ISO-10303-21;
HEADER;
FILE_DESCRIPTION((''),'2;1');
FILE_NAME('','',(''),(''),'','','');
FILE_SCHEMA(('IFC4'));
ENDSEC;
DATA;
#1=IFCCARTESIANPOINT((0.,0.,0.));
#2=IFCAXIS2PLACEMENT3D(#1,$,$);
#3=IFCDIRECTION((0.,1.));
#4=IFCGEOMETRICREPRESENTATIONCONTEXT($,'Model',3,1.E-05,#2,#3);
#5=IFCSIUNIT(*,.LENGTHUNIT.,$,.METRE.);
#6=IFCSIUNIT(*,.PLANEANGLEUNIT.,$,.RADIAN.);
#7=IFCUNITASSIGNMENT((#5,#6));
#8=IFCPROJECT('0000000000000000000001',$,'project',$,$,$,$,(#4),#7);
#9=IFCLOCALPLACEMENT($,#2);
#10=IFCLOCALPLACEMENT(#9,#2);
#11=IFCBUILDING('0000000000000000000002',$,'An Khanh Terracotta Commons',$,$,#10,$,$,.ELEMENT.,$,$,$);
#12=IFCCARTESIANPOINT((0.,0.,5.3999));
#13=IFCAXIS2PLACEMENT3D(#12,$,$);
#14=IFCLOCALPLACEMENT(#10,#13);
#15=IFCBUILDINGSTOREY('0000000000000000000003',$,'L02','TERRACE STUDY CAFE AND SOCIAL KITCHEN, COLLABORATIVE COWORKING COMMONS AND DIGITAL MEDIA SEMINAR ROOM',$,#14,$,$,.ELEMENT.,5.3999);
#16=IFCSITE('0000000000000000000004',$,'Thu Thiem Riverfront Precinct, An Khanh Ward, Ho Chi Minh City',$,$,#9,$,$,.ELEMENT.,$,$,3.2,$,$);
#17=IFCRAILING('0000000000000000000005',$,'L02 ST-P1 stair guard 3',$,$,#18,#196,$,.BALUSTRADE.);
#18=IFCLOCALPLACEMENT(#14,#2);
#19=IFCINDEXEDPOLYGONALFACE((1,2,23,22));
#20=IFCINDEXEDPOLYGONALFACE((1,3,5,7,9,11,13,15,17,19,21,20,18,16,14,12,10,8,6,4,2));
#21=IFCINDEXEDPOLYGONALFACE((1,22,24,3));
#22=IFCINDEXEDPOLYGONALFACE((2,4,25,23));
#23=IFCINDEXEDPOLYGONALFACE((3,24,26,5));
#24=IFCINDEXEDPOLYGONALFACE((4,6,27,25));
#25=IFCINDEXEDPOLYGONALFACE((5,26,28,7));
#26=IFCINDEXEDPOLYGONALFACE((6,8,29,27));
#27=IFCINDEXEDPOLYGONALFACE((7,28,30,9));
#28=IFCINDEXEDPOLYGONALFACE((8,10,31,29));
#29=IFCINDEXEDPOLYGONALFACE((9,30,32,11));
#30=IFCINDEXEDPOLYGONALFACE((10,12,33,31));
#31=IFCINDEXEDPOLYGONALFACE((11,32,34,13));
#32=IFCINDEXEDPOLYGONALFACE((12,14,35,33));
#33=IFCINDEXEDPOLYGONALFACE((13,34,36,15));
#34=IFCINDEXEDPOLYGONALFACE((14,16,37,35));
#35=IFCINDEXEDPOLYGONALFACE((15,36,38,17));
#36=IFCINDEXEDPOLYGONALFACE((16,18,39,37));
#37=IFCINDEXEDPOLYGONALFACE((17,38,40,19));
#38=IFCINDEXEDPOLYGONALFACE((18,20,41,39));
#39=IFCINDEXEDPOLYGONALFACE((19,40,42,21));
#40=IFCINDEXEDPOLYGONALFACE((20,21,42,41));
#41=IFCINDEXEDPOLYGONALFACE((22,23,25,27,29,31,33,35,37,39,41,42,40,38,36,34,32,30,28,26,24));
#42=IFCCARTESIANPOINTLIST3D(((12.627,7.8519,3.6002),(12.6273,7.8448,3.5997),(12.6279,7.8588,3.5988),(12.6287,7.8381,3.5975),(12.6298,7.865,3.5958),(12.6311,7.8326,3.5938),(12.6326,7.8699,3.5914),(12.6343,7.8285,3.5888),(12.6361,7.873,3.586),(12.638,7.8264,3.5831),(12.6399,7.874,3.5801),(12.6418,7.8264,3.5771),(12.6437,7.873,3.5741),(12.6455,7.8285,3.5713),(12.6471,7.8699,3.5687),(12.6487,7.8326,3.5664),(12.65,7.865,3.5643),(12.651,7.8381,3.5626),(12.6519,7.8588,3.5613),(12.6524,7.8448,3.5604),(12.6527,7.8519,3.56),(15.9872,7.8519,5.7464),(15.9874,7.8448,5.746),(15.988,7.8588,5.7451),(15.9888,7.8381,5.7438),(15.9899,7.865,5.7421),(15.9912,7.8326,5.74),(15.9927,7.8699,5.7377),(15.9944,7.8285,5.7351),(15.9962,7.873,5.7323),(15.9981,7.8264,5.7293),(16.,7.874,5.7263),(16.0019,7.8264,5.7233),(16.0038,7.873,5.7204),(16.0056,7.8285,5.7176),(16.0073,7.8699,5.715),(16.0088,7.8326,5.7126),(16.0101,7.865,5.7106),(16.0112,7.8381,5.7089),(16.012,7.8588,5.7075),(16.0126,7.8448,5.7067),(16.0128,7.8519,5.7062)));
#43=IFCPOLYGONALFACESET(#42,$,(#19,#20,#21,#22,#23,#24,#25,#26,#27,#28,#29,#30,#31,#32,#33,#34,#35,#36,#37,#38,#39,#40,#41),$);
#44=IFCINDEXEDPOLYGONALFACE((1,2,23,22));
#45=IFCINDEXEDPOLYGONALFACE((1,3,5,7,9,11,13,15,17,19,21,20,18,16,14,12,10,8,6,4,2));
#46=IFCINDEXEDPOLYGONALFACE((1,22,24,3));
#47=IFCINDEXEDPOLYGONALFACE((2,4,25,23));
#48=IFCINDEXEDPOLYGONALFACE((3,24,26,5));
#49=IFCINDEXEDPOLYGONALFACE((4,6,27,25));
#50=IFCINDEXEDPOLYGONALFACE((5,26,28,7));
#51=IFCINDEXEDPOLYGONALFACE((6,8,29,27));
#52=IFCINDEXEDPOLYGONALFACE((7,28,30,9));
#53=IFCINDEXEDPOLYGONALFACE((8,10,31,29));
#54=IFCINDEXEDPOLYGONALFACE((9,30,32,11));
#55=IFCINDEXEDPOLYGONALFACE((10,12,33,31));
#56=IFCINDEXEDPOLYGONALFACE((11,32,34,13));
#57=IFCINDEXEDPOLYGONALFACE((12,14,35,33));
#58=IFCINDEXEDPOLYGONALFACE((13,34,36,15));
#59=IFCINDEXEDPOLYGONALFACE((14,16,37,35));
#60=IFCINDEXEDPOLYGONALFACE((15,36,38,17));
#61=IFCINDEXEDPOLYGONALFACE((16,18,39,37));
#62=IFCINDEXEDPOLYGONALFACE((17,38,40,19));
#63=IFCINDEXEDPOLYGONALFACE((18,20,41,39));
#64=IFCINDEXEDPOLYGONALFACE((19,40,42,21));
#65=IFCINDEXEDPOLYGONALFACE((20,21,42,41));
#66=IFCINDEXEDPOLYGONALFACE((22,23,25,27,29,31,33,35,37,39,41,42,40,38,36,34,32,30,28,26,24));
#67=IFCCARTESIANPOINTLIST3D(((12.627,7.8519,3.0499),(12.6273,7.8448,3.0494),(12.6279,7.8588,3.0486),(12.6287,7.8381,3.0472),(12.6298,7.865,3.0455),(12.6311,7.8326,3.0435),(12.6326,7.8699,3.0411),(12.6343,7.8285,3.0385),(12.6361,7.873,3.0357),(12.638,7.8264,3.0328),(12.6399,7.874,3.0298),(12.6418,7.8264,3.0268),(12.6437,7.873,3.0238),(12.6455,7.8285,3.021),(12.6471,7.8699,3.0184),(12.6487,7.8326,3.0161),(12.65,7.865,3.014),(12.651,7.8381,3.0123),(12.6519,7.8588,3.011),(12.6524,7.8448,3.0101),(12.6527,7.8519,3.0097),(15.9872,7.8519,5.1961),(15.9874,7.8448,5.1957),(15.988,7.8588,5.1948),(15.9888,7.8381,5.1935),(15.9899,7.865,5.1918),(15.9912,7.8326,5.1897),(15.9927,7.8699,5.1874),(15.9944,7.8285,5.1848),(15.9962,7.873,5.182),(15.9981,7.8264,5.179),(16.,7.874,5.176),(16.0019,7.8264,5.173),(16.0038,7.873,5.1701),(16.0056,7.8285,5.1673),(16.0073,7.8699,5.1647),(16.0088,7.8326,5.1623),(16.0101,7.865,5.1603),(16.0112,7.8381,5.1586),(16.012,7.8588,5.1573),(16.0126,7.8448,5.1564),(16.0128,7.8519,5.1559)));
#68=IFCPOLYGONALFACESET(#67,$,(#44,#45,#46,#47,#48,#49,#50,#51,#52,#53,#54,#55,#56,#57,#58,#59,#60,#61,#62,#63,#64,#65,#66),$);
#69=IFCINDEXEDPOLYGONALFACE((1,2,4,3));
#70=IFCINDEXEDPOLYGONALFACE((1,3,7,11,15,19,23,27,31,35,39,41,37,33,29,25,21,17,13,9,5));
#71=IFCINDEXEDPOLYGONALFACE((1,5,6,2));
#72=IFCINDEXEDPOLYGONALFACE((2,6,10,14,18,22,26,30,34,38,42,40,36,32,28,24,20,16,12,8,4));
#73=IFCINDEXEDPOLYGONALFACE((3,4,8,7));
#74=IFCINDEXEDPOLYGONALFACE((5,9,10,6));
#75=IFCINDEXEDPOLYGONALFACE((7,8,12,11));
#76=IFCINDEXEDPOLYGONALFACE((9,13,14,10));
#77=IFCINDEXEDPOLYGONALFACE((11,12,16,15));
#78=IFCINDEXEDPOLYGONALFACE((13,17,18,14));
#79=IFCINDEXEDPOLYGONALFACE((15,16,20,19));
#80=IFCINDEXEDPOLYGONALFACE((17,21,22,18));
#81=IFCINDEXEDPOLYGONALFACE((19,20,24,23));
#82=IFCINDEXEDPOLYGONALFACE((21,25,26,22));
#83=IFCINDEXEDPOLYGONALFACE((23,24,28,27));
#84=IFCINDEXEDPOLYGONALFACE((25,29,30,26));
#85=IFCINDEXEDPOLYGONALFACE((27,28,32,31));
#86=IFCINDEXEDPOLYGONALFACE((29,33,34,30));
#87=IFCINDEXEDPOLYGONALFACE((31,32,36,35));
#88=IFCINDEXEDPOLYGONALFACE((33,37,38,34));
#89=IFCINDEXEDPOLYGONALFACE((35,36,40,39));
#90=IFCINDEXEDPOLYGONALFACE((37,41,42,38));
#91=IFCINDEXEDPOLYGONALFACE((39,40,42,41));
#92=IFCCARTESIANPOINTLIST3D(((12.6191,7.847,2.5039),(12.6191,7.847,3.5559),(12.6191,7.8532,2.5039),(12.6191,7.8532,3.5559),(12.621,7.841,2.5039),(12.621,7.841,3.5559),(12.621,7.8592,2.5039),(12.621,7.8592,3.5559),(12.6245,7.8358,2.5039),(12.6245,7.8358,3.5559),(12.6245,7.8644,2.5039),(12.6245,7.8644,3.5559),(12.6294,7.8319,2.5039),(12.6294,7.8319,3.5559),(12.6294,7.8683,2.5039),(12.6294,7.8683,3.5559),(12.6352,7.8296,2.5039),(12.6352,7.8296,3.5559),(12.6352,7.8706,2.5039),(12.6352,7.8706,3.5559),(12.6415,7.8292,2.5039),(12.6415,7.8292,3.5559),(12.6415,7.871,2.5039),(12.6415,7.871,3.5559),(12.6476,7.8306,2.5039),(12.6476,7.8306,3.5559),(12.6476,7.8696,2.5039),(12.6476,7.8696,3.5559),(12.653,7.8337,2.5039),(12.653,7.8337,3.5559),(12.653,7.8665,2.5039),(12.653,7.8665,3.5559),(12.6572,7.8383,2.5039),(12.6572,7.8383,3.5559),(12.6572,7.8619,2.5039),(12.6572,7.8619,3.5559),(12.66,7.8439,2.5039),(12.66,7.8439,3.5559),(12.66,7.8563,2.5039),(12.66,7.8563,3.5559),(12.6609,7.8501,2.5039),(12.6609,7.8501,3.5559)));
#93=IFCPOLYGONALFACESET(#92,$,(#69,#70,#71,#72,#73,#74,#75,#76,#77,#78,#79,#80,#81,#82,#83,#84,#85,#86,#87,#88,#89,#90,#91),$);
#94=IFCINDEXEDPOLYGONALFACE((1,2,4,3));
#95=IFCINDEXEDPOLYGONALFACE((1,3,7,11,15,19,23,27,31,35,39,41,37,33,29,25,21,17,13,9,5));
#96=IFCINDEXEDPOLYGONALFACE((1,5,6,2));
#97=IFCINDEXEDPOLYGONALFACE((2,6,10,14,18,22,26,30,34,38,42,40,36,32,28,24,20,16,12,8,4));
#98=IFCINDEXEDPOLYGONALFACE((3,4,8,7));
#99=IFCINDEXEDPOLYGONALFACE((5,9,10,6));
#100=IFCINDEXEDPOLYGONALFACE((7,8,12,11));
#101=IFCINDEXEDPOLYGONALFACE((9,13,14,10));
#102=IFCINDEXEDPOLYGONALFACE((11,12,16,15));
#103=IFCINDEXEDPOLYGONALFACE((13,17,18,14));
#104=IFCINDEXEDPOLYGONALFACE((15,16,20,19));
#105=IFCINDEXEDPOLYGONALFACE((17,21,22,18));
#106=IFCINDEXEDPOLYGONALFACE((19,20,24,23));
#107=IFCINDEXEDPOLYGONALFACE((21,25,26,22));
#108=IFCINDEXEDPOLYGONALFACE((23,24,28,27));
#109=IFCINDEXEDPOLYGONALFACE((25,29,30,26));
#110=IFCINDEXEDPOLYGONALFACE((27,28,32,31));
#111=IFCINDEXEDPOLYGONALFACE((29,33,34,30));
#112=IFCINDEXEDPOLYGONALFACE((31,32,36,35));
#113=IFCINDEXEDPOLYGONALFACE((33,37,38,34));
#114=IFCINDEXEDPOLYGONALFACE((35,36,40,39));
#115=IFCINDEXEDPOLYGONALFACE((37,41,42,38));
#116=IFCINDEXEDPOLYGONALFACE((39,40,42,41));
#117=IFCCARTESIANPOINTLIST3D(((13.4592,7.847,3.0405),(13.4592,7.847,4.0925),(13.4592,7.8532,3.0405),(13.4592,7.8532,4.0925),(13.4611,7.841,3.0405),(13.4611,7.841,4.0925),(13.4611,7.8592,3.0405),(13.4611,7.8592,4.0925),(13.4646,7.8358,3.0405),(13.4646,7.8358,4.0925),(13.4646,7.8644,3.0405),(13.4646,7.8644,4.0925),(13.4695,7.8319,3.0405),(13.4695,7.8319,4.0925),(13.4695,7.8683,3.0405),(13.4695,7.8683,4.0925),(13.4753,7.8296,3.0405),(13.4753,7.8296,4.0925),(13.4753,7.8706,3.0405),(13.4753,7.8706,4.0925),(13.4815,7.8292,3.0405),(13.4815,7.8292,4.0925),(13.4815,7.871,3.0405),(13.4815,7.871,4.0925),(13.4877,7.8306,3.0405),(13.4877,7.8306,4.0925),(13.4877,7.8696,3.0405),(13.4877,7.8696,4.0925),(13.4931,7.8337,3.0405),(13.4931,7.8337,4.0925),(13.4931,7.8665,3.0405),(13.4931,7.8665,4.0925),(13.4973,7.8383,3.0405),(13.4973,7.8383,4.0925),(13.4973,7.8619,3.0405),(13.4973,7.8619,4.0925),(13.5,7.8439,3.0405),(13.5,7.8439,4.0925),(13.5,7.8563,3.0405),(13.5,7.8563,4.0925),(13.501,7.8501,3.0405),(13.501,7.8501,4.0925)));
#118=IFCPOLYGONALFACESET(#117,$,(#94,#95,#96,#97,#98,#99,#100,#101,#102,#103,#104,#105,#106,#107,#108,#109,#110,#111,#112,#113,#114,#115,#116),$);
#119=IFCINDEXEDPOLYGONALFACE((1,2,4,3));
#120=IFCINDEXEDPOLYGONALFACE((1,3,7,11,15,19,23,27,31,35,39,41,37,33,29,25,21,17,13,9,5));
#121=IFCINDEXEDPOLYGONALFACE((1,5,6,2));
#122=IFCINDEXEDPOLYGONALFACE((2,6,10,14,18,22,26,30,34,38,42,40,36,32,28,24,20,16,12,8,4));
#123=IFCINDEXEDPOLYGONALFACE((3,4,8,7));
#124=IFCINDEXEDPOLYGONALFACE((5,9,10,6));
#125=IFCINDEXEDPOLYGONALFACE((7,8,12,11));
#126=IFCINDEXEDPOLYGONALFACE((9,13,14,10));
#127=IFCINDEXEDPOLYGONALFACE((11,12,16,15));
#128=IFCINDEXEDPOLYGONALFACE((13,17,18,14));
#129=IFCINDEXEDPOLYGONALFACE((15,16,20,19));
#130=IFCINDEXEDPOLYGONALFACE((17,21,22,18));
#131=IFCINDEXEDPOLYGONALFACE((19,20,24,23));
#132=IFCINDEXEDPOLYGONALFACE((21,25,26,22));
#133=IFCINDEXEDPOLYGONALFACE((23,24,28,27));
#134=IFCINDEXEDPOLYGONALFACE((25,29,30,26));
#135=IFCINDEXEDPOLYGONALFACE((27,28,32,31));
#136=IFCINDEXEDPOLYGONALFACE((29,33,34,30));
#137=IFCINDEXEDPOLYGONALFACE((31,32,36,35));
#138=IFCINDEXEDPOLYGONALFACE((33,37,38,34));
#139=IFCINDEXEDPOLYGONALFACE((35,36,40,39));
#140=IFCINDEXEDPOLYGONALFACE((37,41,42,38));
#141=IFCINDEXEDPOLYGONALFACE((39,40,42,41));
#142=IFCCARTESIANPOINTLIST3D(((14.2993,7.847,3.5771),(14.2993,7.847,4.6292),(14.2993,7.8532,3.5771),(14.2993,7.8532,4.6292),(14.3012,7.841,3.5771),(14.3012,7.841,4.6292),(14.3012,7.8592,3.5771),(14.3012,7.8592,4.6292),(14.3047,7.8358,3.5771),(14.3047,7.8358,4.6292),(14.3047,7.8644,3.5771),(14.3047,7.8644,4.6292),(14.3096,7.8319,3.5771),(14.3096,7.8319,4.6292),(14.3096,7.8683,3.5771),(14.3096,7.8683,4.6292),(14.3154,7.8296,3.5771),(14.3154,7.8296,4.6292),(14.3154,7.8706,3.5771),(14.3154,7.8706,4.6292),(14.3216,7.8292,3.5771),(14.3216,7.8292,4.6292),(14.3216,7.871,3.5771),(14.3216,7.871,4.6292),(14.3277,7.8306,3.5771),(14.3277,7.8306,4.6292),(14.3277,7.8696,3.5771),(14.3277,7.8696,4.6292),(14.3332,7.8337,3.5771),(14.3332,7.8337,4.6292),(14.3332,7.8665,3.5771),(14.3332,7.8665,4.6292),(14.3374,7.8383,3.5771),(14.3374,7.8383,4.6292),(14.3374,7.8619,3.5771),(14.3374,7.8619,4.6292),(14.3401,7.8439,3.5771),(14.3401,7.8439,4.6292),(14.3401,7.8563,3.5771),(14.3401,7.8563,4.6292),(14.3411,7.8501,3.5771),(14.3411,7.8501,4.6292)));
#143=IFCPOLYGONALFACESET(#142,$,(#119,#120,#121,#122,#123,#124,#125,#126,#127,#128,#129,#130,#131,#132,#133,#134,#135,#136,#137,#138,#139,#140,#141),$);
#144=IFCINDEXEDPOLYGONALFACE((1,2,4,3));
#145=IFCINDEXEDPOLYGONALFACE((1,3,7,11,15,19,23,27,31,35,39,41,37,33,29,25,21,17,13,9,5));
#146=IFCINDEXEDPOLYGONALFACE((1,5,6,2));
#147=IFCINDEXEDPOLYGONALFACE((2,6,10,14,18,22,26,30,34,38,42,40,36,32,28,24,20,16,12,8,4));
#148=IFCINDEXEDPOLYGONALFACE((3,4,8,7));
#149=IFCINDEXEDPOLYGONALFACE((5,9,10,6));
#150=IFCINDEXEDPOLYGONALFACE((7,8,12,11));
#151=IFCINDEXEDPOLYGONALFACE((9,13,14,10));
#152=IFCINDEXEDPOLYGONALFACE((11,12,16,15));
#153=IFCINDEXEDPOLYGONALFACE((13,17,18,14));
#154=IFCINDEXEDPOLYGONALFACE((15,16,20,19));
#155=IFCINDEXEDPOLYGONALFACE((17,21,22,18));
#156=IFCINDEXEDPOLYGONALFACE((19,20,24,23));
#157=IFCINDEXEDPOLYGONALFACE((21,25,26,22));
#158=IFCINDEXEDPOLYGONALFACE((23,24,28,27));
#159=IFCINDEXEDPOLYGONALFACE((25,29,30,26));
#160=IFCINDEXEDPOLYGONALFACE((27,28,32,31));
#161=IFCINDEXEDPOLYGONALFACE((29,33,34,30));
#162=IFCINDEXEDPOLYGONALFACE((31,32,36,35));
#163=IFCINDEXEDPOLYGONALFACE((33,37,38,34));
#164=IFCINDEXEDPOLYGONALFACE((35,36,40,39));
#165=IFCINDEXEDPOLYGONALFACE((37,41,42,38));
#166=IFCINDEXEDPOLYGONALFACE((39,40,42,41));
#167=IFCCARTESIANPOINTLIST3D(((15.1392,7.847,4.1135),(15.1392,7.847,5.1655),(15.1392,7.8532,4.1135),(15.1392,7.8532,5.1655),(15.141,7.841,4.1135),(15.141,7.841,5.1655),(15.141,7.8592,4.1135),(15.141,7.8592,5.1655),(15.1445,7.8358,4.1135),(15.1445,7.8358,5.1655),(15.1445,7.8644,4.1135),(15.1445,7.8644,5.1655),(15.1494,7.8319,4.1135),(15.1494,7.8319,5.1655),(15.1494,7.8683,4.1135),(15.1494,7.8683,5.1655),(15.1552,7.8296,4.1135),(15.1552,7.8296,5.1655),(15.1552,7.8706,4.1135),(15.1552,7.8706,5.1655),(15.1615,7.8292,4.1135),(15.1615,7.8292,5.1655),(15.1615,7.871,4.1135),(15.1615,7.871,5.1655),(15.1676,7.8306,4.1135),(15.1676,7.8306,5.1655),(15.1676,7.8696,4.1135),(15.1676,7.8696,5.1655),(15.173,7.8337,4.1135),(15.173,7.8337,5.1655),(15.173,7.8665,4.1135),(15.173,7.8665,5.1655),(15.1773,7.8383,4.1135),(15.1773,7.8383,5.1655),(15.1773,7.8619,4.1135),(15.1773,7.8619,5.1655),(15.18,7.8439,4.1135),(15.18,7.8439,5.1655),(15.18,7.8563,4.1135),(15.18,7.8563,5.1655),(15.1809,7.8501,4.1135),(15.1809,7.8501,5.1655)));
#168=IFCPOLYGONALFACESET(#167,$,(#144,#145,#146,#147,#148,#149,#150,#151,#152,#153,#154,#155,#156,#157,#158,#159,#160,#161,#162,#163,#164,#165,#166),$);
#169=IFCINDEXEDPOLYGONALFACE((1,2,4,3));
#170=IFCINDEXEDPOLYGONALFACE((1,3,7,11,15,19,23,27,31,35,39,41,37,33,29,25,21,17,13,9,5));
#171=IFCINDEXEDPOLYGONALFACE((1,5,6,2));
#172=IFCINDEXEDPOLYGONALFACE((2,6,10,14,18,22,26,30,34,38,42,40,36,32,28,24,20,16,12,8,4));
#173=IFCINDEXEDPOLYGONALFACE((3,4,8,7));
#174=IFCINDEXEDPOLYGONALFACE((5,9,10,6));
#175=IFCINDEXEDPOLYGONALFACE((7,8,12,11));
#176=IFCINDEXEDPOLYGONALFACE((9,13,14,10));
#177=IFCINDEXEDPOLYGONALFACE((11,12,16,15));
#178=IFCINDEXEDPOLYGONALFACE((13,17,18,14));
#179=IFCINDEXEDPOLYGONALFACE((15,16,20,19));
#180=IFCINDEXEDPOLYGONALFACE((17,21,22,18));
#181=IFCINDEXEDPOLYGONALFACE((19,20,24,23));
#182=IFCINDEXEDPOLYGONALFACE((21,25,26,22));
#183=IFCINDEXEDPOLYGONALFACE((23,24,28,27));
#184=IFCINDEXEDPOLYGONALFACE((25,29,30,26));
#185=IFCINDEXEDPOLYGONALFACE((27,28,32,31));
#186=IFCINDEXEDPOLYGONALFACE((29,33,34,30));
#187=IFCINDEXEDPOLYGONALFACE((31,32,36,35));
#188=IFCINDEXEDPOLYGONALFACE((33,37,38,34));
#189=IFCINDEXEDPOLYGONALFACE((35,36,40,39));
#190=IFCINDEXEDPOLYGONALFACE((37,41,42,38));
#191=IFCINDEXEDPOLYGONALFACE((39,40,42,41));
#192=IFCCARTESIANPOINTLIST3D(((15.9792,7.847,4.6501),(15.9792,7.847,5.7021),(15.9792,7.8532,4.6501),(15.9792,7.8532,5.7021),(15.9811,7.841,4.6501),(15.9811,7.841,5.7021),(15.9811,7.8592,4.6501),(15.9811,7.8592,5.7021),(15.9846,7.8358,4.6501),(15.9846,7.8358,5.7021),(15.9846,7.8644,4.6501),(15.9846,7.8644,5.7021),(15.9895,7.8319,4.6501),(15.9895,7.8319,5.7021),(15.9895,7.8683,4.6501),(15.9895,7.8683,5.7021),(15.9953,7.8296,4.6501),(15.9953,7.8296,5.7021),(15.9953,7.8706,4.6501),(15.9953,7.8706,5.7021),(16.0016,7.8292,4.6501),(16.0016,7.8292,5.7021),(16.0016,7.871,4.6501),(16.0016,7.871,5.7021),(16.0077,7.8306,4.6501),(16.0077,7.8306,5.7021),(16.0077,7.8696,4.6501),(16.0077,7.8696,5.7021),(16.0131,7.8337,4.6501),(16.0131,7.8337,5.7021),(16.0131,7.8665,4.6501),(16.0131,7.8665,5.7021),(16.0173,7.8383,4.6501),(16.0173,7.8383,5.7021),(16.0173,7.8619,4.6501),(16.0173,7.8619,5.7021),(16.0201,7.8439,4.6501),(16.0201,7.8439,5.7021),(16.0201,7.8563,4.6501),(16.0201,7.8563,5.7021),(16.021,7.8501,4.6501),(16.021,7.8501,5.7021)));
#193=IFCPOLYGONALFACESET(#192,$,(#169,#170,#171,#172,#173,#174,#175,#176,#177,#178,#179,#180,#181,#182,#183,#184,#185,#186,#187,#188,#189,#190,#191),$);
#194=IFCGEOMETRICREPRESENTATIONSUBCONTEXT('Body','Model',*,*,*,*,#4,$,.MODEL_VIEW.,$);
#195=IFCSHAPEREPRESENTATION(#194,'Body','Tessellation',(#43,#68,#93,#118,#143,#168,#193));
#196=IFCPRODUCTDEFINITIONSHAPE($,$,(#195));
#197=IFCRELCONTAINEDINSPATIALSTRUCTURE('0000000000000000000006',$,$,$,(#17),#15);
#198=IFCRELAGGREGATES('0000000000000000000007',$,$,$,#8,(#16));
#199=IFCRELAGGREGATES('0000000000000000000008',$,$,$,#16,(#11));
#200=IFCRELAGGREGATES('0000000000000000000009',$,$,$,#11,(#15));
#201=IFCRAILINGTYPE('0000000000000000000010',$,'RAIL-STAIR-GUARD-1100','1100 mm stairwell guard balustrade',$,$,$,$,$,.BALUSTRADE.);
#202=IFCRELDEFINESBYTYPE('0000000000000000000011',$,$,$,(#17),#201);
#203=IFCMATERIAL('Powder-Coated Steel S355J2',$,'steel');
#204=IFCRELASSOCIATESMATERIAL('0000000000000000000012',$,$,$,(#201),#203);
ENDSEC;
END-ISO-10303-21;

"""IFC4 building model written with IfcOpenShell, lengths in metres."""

from ifc_helpers import new_model, si_unit, direction, frame, origin, origin_2d, place, context, subcontext, project, spatial, circle, extrude, material, type_object, element, save


model = new_model("IFC4")

# Units and contexts
model_context = context("Model", 3, precision=1e-05, world=origin(), true_north=direction((0.0, 1.0)))
body_context = subcontext(model_context, "Body", "Model", "MODEL_VIEW")
ifc_project = project(units=[si_unit("LENGTHUNIT", "METRE"), si_unit("PLANEANGLEUNIT", "RADIAN")], contexts=[model_context])

# Site, building, storey
site_placement = place(None, origin())
site = spatial("IfcSite", under=ifc_project, at=site_placement, Name="Thu Thiem Riverfront Precinct, An Khanh Ward, Ho Chi Minh City", CompositionType="ELEMENT", RefElevation=3.2)
building_placement = place(site_placement, origin())
building = spatial("IfcBuilding", under=site, at=building_placement, Name="An Khanh Terracotta Commons", CompositionType="ELEMENT")
storey_placement = place(building_placement, frame((0.0, 0.0, 5.3999)))
storey = spatial("IfcBuildingStorey", under=building, at=storey_placement, Name="L02", Description="TERRACE STUDY CAFE AND SOCIAL KITCHEN, COLLABORATIVE COWORKING COMMONS AND DIGITAL MEDIA SEMINAR ROOM", CompositionType="ELEMENT", Elevation=5.3999)

# Railing
ifc_material_1 = material(Name="Powder-Coated Steel S355J2", Category="steel")
railing_type_1 = type_object("IfcRailingType", Name="RAIL-STAIR-GUARD-1100", Description="1100 mm stairwell guard balustrade", PredefinedType="BALUSTRADE", material=ifc_material_1)
railing_1_placement = place(storey_placement, frame((12.6399, 7.8501, 2.5039)))
element("IfcRailing", 1, at=railing_1_placement, inside=storey, type_object=railing_type_1, Name="L02 ST-P1 stair guard 3", PredefinedType="BALUSTRADE", context=body_context, shape_type="SweptSolid", body=[
    extrude(circle(Radius=0.0239, at=origin_2d()), frame((0.0, 0.0, 1.0762), z_axis=(0.842753, 0.0, 0.538301), x_axis=(0.0, 1.0, 0.0)), (0.0, 0.0, 1.0), 3.9871),
    extrude(circle(Radius=0.0239, at=origin_2d()), frame((0.0, 0.0, 0.5259), z_axis=(0.842753, 0.0, 0.538301), x_axis=(0.0, 1.0, 0.0)), (0.0, 0.0, 1.0), 3.9871),
    extrude(circle(Radius=0.021, at=origin_2d()), origin(), (0.0, 0.0, 1.0), 1.052),
    extrude(circle(Radius=0.021, at=origin_2d()), frame((0.8401, 0.0, 0.5366)), (0.0, 0.0, 1.0), 1.052),
    extrude(circle(Radius=0.021, at=origin_2d()), frame((1.6802, 0.0, 1.0732)), (0.0, 0.0, 1.0), 1.052),
    extrude(circle(Radius=0.021, at=origin_2d()), frame((2.52, 0.0, 1.6096)), (0.0, 0.0, 1.0), 1.052),
    extrude(circle(Radius=0.021, at=origin_2d()), frame((3.3601, 0.0, 2.1462)), (0.0, 0.0, 1.0), 1.052),
])

save(model, "model.ifc")
